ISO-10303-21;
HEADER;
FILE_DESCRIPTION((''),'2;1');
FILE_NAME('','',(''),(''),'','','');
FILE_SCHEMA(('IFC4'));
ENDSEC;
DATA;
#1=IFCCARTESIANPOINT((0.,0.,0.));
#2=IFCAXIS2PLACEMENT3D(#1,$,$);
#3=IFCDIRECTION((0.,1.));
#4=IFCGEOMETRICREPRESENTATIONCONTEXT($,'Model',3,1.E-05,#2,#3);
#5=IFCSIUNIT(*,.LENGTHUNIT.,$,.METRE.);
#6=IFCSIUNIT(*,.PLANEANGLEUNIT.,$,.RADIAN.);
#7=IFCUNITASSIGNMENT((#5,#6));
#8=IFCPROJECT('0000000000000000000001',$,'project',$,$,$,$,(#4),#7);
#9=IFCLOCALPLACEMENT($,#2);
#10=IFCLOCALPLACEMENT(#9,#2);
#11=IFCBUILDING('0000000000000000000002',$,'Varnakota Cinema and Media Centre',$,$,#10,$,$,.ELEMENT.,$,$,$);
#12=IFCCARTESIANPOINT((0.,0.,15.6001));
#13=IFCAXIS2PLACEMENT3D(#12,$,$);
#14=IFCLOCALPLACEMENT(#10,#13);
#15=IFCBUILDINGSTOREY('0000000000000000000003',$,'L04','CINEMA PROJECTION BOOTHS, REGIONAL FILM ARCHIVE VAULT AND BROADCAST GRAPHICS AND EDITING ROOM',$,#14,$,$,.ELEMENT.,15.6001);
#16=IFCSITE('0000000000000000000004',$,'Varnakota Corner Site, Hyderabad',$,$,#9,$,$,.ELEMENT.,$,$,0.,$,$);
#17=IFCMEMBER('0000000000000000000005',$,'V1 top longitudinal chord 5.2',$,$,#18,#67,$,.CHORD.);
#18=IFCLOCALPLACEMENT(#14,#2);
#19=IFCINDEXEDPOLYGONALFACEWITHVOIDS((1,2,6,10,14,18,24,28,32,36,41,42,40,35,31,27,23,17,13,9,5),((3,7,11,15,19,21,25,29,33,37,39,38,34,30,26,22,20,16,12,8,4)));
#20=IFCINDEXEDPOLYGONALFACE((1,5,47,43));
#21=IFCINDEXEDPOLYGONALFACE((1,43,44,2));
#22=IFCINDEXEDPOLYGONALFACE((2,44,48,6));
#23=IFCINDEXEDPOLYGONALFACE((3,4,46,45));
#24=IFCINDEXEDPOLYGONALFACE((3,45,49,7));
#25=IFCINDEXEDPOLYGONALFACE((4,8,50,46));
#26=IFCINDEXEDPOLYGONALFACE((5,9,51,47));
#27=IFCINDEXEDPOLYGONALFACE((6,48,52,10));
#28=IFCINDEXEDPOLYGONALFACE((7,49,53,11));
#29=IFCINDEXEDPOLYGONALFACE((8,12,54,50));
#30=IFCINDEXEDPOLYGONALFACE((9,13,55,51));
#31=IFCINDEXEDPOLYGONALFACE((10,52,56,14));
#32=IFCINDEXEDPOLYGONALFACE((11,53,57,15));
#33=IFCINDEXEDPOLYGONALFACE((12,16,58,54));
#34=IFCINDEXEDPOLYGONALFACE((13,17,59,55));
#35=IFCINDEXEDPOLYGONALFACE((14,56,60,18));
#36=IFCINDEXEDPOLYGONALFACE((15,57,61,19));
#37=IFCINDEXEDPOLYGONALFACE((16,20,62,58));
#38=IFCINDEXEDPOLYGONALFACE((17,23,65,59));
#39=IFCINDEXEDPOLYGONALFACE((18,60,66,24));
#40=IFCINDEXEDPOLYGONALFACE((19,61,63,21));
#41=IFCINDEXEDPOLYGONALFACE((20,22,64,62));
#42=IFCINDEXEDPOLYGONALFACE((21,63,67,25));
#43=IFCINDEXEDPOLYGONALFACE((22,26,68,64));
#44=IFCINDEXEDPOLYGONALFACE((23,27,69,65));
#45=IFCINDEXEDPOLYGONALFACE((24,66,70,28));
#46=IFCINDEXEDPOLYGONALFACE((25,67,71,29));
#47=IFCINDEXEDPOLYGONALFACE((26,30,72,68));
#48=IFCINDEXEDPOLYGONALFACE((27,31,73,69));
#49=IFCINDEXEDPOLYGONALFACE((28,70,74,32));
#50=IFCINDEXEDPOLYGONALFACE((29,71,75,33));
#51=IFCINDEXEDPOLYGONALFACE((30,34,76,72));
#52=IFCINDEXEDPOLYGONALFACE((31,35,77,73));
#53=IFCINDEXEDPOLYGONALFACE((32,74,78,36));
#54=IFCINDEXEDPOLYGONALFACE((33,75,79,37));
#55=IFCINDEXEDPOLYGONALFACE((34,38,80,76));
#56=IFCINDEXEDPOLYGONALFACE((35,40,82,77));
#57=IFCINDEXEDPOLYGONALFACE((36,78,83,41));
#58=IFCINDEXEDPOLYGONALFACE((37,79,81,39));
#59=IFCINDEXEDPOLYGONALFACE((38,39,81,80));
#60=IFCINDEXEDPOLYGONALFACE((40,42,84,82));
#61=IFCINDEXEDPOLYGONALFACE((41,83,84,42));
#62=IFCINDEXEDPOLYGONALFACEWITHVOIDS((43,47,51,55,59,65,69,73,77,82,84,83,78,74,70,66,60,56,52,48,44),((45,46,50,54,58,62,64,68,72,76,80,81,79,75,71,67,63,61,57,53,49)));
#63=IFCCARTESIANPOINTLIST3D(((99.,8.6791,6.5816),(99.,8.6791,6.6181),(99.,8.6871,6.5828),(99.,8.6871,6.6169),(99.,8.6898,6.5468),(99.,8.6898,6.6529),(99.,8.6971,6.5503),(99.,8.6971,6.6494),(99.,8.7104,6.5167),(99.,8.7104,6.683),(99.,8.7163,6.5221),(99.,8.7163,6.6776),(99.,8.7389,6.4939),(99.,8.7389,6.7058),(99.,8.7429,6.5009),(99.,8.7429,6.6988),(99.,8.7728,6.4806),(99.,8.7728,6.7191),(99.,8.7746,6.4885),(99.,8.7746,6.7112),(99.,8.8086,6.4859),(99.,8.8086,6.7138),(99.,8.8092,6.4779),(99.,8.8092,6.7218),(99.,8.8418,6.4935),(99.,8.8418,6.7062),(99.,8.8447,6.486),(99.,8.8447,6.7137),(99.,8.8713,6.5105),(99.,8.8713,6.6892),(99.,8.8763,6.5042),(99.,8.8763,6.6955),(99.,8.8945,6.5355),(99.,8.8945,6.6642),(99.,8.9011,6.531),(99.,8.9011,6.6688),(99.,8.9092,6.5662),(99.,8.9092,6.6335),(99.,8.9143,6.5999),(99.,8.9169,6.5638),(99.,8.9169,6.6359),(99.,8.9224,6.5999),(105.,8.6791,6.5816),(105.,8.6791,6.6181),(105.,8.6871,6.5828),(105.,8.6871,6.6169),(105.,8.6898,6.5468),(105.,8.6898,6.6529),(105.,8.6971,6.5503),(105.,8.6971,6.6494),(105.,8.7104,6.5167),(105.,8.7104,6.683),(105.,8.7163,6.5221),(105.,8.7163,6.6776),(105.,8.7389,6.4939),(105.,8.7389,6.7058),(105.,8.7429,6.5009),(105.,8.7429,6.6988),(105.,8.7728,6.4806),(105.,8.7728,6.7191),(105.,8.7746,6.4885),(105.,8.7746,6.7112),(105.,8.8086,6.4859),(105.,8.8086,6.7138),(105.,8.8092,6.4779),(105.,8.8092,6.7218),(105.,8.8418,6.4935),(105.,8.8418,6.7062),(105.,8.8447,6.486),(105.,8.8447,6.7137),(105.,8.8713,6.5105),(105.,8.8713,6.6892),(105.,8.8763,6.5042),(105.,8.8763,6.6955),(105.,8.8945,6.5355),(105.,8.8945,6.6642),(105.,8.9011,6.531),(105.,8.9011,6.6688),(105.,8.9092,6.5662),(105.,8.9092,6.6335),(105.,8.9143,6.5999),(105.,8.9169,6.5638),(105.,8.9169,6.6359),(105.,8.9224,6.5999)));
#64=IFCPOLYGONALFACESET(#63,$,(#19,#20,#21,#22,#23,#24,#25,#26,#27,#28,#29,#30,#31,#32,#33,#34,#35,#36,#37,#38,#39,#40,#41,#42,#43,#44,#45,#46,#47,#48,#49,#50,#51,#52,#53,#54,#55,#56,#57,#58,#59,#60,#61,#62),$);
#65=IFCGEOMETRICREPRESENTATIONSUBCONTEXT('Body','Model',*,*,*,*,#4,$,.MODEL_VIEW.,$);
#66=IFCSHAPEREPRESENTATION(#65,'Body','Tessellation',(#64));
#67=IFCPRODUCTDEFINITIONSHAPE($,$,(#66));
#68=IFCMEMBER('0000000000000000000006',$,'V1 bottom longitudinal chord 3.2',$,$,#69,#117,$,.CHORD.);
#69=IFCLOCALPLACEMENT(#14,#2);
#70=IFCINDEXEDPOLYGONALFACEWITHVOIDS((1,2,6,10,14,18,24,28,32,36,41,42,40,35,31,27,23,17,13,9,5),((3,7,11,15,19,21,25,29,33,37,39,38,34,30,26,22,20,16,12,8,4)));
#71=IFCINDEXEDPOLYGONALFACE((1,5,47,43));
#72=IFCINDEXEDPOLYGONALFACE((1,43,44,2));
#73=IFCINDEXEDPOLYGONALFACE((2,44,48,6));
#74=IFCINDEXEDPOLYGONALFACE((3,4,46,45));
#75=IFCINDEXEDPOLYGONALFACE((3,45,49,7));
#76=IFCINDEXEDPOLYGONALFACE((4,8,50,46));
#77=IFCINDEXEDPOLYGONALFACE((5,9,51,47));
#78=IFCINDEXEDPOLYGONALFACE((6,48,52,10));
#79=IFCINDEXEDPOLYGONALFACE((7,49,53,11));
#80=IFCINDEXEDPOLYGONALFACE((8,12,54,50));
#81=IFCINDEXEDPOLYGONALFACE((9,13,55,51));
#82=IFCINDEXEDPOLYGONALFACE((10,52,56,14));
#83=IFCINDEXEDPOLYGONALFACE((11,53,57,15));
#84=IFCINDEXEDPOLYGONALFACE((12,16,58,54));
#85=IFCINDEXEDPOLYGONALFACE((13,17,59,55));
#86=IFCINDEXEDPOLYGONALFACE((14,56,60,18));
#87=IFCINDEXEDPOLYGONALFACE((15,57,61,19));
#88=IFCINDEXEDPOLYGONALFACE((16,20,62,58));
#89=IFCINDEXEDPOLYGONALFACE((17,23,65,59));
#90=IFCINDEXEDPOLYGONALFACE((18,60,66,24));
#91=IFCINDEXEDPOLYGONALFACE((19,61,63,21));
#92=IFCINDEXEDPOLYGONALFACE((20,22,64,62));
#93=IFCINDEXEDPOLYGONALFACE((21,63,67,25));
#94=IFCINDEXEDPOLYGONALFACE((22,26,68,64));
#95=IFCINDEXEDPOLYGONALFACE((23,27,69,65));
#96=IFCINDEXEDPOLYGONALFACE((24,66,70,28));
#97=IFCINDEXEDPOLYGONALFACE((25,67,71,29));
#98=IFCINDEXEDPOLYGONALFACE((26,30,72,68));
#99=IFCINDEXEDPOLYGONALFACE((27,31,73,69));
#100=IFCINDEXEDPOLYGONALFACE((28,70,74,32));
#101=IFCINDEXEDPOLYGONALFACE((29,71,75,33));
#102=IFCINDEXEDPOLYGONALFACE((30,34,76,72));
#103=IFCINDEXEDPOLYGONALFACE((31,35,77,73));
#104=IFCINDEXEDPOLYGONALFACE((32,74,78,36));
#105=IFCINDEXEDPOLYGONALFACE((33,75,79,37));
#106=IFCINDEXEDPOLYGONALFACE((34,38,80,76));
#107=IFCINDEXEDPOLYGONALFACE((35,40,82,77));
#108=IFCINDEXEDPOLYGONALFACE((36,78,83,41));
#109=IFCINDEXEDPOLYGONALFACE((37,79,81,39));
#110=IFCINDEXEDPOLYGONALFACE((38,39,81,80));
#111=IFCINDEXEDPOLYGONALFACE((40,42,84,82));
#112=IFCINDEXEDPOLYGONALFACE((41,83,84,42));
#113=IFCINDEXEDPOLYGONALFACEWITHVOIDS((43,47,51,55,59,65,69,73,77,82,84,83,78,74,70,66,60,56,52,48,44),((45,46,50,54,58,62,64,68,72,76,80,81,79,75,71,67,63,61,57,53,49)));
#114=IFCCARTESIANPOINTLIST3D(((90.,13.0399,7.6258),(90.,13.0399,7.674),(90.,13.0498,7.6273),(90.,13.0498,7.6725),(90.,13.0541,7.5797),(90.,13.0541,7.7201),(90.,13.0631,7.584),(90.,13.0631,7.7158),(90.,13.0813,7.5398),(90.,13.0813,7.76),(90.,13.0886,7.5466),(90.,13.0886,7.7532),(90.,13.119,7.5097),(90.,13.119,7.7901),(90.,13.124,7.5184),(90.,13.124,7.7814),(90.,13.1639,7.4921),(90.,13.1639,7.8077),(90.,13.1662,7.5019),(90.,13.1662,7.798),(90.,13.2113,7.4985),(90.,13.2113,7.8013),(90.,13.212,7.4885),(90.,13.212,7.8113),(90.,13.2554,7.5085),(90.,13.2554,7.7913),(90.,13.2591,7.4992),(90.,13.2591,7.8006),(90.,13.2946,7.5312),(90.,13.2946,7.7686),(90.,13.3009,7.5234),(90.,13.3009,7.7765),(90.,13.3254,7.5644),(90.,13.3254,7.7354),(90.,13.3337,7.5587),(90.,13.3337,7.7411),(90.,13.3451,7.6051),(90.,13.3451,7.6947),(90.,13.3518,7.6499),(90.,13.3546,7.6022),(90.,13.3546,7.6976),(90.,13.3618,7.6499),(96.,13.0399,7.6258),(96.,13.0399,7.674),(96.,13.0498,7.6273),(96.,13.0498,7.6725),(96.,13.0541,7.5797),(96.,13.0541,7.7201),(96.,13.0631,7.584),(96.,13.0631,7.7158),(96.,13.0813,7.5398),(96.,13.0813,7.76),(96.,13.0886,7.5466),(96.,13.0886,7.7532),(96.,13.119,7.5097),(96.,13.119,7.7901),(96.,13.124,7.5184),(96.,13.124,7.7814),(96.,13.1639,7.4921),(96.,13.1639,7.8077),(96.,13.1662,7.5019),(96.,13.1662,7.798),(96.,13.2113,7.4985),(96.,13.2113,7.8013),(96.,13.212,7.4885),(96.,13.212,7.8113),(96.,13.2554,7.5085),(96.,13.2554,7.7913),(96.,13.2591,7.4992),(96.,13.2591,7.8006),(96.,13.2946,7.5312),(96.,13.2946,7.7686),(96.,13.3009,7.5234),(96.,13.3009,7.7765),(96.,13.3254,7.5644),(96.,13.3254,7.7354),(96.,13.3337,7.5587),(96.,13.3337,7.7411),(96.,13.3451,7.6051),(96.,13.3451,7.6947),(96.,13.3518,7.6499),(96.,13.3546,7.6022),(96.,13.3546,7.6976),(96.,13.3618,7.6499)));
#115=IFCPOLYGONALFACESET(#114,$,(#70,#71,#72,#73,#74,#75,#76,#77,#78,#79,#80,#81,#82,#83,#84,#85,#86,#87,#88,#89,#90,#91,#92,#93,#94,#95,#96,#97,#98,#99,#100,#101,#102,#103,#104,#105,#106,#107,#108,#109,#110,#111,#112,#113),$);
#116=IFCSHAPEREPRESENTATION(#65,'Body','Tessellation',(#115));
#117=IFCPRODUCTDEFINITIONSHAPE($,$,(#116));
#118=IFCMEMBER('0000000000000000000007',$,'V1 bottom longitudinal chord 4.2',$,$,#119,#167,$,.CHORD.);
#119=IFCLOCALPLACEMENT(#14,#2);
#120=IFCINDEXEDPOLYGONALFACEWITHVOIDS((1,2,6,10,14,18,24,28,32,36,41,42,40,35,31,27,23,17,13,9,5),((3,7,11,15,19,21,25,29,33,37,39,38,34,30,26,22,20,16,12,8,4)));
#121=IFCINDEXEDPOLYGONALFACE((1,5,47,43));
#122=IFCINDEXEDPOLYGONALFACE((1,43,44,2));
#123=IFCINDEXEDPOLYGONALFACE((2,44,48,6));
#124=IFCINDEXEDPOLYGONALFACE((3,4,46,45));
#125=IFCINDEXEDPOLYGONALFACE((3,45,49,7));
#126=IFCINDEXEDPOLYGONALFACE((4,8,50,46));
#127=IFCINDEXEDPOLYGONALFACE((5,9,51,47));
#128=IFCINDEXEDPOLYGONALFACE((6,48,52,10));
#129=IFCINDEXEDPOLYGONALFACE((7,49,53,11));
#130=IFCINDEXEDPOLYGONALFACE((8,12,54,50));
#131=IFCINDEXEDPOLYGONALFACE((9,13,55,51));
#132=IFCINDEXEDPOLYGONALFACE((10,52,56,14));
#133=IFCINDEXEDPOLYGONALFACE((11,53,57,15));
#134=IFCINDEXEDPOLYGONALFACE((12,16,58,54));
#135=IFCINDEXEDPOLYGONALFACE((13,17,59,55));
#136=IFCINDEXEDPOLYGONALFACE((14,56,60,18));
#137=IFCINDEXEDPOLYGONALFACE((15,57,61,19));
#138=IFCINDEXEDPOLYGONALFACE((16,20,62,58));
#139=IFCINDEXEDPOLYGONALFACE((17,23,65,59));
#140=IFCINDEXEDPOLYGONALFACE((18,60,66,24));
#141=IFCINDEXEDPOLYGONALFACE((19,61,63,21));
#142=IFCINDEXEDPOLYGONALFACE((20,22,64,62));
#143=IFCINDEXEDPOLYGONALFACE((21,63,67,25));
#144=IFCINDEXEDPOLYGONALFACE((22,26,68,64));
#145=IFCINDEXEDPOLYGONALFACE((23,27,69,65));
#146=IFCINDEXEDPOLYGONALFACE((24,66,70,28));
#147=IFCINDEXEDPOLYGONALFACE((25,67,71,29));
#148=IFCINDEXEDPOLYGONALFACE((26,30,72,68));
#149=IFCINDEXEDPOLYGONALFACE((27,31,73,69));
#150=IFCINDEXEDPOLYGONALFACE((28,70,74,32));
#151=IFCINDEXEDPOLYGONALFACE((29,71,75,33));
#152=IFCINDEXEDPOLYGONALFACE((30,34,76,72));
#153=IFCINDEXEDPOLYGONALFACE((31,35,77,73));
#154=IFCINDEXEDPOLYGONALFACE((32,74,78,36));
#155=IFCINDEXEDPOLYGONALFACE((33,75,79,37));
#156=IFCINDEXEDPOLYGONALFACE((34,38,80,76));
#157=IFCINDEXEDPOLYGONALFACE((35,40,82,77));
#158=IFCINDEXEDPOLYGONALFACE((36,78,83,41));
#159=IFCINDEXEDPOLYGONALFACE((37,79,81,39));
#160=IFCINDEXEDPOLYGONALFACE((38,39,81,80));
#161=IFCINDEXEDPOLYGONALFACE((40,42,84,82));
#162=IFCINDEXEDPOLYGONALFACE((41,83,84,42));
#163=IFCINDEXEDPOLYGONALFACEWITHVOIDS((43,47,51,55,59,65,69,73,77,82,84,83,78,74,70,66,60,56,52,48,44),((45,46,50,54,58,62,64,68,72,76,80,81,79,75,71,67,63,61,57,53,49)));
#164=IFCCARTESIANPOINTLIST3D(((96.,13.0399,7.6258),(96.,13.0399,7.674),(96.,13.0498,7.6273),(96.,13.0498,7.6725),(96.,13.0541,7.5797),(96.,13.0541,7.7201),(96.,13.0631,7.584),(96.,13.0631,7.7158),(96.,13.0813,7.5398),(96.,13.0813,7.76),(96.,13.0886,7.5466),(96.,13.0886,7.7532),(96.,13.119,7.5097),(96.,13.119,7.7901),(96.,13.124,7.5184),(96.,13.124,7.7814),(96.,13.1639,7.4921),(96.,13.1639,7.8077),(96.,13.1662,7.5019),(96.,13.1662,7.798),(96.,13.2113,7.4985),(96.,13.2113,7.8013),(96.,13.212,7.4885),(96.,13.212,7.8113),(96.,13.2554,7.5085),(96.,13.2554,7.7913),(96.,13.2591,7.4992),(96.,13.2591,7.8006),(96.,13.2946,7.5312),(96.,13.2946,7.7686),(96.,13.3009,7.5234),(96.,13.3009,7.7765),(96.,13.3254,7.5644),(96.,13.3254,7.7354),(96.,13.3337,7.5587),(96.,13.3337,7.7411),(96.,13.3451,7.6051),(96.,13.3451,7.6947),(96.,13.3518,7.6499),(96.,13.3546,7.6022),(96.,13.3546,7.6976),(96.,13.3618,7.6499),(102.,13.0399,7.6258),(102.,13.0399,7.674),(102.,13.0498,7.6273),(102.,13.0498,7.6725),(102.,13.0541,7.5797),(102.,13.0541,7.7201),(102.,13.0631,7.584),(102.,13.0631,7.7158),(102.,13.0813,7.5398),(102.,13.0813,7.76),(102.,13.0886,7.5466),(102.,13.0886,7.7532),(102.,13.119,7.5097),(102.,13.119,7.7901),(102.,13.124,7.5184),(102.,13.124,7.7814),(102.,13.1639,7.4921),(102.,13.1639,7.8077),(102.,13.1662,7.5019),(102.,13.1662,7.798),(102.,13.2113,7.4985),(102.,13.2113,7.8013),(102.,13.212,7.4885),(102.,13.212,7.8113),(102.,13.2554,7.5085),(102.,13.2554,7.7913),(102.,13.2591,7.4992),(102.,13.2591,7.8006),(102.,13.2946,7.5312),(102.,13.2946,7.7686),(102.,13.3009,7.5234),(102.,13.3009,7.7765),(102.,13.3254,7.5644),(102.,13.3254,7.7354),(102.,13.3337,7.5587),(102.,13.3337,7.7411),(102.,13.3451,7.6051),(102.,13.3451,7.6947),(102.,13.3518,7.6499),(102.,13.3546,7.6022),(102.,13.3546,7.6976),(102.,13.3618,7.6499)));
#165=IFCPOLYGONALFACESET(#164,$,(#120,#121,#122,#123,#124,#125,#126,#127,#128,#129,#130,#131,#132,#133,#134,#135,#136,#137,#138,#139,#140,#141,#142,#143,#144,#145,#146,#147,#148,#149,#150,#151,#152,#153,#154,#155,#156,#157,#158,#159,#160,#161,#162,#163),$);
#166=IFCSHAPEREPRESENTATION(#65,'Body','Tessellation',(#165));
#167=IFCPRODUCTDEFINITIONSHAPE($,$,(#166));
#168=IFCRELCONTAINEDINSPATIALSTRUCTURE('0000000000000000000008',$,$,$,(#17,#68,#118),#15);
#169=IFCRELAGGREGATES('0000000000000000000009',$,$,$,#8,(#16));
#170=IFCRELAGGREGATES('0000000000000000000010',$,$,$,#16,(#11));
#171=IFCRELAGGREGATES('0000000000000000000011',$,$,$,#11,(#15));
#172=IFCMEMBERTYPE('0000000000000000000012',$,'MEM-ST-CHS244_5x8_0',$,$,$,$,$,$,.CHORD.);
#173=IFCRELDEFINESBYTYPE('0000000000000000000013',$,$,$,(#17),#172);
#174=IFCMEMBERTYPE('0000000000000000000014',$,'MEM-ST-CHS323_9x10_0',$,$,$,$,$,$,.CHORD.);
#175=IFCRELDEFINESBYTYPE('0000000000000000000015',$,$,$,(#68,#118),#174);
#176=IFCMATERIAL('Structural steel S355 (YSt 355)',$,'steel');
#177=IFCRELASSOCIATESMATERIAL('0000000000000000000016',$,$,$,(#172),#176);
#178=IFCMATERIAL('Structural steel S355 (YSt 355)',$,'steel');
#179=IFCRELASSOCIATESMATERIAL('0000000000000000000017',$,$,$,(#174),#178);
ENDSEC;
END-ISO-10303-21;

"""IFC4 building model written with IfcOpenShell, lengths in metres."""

from ifc_helpers import new_model, si_unit, direction, frame, origin, origin_2d, place, context, subcontext, project, spatial, hollow_circle, extrude, material, material_profile, profile_set, type_object, element, save


model = new_model("IFC4")

# Units and contexts
model_context = context("Model", 3, precision=1e-05, world=origin(), true_north=direction((0.0, 1.0)))
body_context = subcontext(model_context, "Body", "Model", "MODEL_VIEW")
ifc_project = project(units=[si_unit("LENGTHUNIT", "METRE"), si_unit("PLANEANGLEUNIT", "RADIAN")], contexts=[model_context])

# Site, building, storey
site_placement = place(None, origin())
site = spatial("IfcSite", under=ifc_project, at=site_placement, Name="Varnakota Corner Site, Hyderabad", CompositionType="ELEMENT", RefElevation=0.0)
building_placement = place(site_placement, origin())
building = spatial("IfcBuilding", under=site, at=building_placement, Name="Varnakota Cinema and Media Centre", CompositionType="ELEMENT")
storey_placement = place(building_placement, frame((0.0, 0.0, 15.6001)))
storey = spatial("IfcBuildingStorey", under=building, at=storey_placement, Name="L04", Description="CINEMA PROJECTION BOOTHS, REGIONAL FILM ARCHIVE VAULT AND BROADCAST GRAPHICS AND EDITING ROOM", CompositionType="ELEMENT", Elevation=15.6001)

# Members
ifc_material_1 = material(Name="Structural steel S355 (YSt 355)", Category="steel")
ifc_material_profile_1 = material_profile(ifc_material_1, hollow_circle(Radius=0.1223, WallThickness=0.0081, at=origin_2d()), Name="CHS 244.5x8.0")
ifc_profile_set_1 = profile_set([ifc_material_profile_1], Name="Structural steel S355 (YSt 355)")
member_type_1 = type_object("IfcMemberType", Name="MEM-ST-CHS244_5x8_0", PredefinedType="CHORD", material=ifc_profile_set_1)
for number, where, z_axis, x_axis, name in (
    (1, (99.0, 8.8, 6.5999), (1.0, 0.0, 0.0), (0.0, 1.0, 0.0), "V1 top longitudinal chord 5.2"),
):
    element("IfcMember", number, at=place(storey_placement, frame(where, z_axis=z_axis, x_axis=x_axis)), inside=storey, type_object=member_type_1, Name=name, PredefinedType="CHORD", context=body_context, shape_type="SweptSolid", body=[
        extrude(hollow_circle(Radius=0.1223, WallThickness=0.0081, at=origin_2d()), origin(), (0.0, 0.0, 1.0), 6.0),
    ])
ifc_material_2 = material(Name="Structural steel S355 (YSt 355)", Category="steel")
ifc_material_profile_2 = material_profile(ifc_material_2, hollow_circle(Radius=0.1619, WallThickness=0.01, at=origin_2d()), Name="CHS 323.9x10.0")
ifc_profile_set_2 = profile_set([ifc_material_profile_2], Name="Structural steel S355 (YSt 355)")
member_type_2 = type_object("IfcMemberType", Name="MEM-ST-CHS323_9x10_0", PredefinedType="CHORD", material=ifc_profile_set_2)
for number, where, z_axis, x_axis, name in (
    (2, (90.0, 13.2, 7.6499), (1.0, 0.0, 0.0), (0.0, 1.0, 0.0), "V1 bottom longitudinal chord 3.2"),
    (3, (96.0, 13.2, 7.6499), (1.0, 0.0, 0.0), (0.0, 1.0, 0.0), "V1 bottom longitudinal chord 4.2"),
):
    element("IfcMember", number, at=place(storey_placement, frame(where, z_axis=z_axis, x_axis=x_axis)), inside=storey, type_object=member_type_2, Name=name, PredefinedType="CHORD", context=body_context, shape_type="SweptSolid", body=[
        extrude(hollow_circle(Radius=0.1619, WallThickness=0.01, at=origin_2d()), origin(), (0.0, 0.0, 1.0), 6.0),
    ])

save(model, "model.ifc")
